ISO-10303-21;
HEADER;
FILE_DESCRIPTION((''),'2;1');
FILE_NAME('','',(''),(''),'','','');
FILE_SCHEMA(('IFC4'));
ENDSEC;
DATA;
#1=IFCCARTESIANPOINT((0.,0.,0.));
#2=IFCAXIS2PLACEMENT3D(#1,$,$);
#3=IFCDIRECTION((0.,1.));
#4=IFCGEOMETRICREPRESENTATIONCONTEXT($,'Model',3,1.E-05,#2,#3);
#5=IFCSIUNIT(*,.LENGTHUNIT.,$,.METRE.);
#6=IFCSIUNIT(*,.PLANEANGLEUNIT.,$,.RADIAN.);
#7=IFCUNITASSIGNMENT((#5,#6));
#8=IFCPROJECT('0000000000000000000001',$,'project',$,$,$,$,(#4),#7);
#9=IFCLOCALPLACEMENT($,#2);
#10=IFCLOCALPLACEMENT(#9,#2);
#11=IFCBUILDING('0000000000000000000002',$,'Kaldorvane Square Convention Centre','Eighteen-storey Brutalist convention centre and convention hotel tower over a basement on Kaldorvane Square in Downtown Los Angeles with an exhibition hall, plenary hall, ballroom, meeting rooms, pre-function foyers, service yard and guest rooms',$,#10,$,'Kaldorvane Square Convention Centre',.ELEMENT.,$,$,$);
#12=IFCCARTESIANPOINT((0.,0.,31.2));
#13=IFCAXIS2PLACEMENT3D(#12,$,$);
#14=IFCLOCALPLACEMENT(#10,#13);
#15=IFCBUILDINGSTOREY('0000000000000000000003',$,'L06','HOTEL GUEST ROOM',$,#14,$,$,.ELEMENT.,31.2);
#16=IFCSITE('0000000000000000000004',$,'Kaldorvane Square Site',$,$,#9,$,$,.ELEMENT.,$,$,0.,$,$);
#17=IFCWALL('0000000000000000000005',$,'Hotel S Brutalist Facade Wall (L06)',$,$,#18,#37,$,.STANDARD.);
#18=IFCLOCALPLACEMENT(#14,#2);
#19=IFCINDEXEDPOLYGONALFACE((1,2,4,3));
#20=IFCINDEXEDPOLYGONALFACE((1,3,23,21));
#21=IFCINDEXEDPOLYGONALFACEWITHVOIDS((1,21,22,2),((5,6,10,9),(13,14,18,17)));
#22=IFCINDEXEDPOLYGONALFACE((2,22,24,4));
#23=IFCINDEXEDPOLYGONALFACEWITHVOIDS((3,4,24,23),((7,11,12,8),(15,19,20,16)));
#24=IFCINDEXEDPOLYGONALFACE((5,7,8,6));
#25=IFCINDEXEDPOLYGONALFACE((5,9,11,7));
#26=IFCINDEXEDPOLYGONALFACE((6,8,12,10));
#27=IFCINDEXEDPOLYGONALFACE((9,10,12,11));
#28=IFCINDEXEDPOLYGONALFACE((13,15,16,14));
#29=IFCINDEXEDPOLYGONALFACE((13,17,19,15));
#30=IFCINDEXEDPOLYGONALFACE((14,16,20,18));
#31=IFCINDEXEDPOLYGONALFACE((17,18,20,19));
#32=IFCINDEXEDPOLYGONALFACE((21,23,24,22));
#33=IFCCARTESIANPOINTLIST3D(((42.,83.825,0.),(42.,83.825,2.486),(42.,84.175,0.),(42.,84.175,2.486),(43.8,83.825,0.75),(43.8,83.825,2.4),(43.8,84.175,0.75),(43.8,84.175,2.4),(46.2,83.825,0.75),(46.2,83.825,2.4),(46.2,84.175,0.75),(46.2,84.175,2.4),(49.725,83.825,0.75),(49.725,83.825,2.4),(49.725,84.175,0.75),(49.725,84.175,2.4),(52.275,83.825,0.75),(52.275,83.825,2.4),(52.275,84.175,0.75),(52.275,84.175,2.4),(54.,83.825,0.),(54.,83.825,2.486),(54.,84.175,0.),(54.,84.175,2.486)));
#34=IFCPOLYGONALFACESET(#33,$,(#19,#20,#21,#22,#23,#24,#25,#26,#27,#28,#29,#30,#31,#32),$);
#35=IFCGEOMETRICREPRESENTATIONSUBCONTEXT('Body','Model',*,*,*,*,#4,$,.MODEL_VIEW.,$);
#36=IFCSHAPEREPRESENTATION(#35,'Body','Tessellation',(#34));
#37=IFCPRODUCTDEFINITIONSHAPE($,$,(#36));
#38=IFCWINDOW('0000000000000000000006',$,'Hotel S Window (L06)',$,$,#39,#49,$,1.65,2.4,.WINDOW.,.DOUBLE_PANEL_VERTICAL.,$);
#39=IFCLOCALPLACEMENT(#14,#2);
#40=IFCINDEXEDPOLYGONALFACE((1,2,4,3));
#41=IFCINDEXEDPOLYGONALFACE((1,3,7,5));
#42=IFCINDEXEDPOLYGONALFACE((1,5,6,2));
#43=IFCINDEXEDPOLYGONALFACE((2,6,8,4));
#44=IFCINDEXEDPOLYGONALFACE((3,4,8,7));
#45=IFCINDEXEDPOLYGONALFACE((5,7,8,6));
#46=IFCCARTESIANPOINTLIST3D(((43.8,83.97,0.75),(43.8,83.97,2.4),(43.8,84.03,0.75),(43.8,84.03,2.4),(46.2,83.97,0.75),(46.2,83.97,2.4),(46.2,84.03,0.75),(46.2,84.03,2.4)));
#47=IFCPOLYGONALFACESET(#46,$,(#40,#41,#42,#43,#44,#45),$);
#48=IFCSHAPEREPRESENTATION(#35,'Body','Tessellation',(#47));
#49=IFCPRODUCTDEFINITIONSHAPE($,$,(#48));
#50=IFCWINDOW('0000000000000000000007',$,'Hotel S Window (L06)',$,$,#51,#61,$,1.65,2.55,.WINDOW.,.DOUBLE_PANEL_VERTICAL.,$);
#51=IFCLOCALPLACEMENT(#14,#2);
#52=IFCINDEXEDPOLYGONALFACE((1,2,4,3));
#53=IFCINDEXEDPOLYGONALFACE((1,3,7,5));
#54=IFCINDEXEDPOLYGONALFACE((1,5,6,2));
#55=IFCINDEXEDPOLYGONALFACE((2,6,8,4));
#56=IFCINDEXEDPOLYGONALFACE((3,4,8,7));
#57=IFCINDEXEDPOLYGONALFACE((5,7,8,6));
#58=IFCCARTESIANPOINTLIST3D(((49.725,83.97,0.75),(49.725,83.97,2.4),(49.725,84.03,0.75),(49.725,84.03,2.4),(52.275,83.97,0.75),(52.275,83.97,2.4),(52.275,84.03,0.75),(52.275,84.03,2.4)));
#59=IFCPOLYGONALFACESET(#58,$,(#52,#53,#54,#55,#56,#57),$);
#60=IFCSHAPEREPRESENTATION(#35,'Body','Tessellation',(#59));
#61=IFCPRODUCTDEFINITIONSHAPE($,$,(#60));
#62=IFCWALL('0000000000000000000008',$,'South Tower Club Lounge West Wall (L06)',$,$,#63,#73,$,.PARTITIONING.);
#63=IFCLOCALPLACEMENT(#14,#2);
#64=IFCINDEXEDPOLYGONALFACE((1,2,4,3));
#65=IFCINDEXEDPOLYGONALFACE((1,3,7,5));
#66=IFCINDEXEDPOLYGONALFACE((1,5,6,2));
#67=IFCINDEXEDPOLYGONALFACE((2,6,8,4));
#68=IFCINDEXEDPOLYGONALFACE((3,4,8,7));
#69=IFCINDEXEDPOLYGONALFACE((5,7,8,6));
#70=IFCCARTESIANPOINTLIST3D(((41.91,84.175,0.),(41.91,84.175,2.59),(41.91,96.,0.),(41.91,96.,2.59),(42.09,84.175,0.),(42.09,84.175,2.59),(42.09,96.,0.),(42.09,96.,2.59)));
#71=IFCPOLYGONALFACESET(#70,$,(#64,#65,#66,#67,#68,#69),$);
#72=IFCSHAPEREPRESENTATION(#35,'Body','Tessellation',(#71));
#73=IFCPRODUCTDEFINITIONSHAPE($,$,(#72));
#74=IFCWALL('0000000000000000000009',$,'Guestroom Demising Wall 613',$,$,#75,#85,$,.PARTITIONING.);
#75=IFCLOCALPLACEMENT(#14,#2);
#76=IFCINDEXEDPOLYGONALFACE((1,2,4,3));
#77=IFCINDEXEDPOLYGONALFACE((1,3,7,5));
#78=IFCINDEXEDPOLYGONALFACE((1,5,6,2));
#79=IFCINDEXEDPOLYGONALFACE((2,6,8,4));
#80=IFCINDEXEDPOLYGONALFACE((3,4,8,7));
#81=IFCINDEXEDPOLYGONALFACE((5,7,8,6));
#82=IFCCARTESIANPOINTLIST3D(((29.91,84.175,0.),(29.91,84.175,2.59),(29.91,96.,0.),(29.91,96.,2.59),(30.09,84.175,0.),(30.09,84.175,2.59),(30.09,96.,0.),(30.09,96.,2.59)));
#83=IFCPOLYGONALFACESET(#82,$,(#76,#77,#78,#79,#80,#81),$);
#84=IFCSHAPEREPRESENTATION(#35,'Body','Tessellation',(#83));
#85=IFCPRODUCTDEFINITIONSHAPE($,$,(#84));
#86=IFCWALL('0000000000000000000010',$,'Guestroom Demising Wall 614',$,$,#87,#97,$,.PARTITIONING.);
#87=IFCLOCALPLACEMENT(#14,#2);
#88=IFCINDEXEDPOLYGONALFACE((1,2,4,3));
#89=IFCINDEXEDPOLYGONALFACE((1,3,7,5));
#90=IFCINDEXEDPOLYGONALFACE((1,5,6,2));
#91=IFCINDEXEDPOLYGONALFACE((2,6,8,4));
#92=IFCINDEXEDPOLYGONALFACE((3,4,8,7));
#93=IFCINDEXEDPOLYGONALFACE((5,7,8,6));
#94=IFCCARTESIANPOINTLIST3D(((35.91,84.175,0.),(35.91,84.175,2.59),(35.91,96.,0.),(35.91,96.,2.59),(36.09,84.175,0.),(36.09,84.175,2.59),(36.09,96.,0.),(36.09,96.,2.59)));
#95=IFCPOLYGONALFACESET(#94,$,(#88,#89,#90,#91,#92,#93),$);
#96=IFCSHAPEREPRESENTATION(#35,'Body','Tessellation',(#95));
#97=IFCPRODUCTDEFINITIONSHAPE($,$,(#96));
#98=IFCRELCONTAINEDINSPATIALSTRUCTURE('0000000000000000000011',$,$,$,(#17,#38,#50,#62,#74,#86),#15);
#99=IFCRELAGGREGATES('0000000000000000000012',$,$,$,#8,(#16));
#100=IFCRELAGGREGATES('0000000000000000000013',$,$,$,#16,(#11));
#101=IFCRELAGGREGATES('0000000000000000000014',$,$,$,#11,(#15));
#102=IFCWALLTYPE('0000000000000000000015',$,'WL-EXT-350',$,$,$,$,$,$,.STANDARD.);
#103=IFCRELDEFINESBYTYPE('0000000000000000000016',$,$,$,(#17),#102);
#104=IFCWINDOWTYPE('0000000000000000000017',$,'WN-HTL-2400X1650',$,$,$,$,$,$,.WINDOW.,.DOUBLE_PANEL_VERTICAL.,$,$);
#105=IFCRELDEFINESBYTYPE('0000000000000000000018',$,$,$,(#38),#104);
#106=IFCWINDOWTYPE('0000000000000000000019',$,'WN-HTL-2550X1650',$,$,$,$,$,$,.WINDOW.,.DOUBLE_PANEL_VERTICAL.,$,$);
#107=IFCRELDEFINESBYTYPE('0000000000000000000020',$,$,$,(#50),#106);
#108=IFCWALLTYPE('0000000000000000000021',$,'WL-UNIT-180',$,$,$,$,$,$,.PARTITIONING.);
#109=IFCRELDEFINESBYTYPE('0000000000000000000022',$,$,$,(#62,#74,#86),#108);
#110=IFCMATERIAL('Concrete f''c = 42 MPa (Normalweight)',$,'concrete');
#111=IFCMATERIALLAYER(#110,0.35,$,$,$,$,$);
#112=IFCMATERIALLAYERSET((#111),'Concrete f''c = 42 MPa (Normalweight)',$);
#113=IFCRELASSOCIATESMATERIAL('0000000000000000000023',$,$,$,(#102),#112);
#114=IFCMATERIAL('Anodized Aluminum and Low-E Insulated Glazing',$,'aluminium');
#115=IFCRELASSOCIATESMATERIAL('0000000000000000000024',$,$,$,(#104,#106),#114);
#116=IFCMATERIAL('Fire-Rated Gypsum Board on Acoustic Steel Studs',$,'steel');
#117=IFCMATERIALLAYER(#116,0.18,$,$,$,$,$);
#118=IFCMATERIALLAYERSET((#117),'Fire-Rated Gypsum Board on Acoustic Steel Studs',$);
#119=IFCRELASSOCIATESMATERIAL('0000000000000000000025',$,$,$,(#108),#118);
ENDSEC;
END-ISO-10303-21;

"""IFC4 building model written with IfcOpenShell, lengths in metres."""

from ifc_helpers import new_model, si_unit, direction, frame, frame_2d, origin, place, context, subcontext, project, spatial, rectangle, extrude, material, layer, layer_set, type_object, element, fill, save


model = new_model("IFC4")

# Units and contexts
model_context = context("Model", 3, precision=1e-05, world=origin(), true_north=direction((0.0, 1.0)))
body_context = subcontext(model_context, "Body", "Model", "MODEL_VIEW")
ifc_project = project(units=[si_unit("LENGTHUNIT", "METRE"), si_unit("PLANEANGLEUNIT", "RADIAN")], contexts=[model_context])

# Site, building, storey
site_placement = place(None, origin())
site = spatial("IfcSite", under=ifc_project, at=site_placement, Name="Kaldorvane Square Site", CompositionType="ELEMENT", RefElevation=0.0)
building_placement = place(site_placement, origin())
building = spatial("IfcBuilding", under=site, at=building_placement, Name="Kaldorvane Square Convention Centre", Description="Eighteen-storey Brutalist convention centre and convention hotel tower over a basement on Kaldorvane Square in Downtown Los Angeles with an exhibition hall, plenary hall, ballroom, meeting rooms, pre-function foyers, service yard and guest rooms", LongName="Kaldorvane Square Convention Centre", CompositionType="ELEMENT")
storey_placement = place(building_placement, frame((0.0, 0.0, 31.2)))
storey = spatial("IfcBuildingStorey", under=building, at=storey_placement, Name="L06", Description="HOTEL GUEST ROOM", CompositionType="ELEMENT", Elevation=31.2)

# Shared definitions
ifc_material_1 = material(Name="Concrete f'c = 42 MPa (Normalweight)", Category="concrete")

# Shared definitions
ifc_material_2 = material(Name="Anodized Aluminum and Low-E Insulated Glazing", Category="aluminium")

# Shared definitions
ifc_material_3 = material(Name="Fire-Rated Gypsum Board on Acoustic Steel Studs", Category="steel")

# Wall, openings, windows
ifc_layer_1 = layer(ifc_material_1, 0.35)
ifc_layer_set_1 = layer_set([ifc_layer_1], Name="Concrete f'c = 42 MPa (Normalweight)")
wall_type_1 = type_object("IfcWallType", Name="WL-EXT-350", PredefinedType="STANDARD", material=ifc_layer_set_1)
wall_1_placement = place(storey_placement, frame((42.0, 84.0, 0.0), z_axis=(0.0, 0.0, 1.0), x_axis=(1.0, 0.0, 0.0)))
wall_1 = element("IfcWall", 1, at=wall_1_placement, inside=storey, type_object=wall_type_1, Name="Hotel S Brutalist Facade Wall (L06)", PredefinedType="STANDARD", context=body_context, shape_type="SweptSolid", body=[
    extrude(rectangle(XDim=12.0, YDim=0.35, at=frame_2d((6.0, 0.0))), origin(), (0.0, 0.0, 1.0), 2.486),
])
opening_1_placement = place(wall_1_placement, frame((1.8, 0.0, 0.75)))
opening_1 = element("IfcOpeningElement", 2, at=opening_1_placement, cuts=wall_1, PredefinedType="OPENING", context=body_context, shape_type="SweptSolid", body=[
    extrude(rectangle(XDim=2.4, YDim=1.65, at=frame_2d((1.2, 0.825))), frame((0.0, 0.19, 0.0), z_axis=(0.0, -1.0, 0.0), x_axis=(1.0, 0.0, 0.0)), (0.0, 0.0, 1.0), 0.38),
])
opening_2_placement = place(wall_1_placement, frame((7.725, 0.0, 0.75)))
opening_2 = element("IfcOpeningElement", 3, at=opening_2_placement, cuts=wall_1, PredefinedType="OPENING", context=body_context, shape_type="SweptSolid", body=[
    extrude(rectangle(XDim=2.55, YDim=1.65, at=frame_2d((1.275, 0.825))), frame((0.0, 0.19, 0.0), z_axis=(0.0, -1.0, 0.0), x_axis=(1.0, 0.0, 0.0)), (0.0, 0.0, 1.0), 0.38),
])
window_type_1 = type_object("IfcWindowType", Name="WN-HTL-2400X1650", PartitioningType="DOUBLE_PANEL_VERTICAL", PredefinedType="WINDOW", material=ifc_material_2)
window_1_placement = place(opening_1_placement, origin())
window_1 = element("IfcWindow", 4, at=window_1_placement, inside=storey, type_object=window_type_1, Name="Hotel S Window (L06)", OverallHeight=1.65, OverallWidth=2.4, PartitioningType="DOUBLE_PANEL_VERTICAL", PredefinedType="WINDOW", context=body_context, shape_type="SweptSolid", body=[
    extrude(rectangle(XDim=2.4, YDim=1.65, at=frame_2d((1.2, 0.825))), frame((0.0, 0.03, 0.0), z_axis=(0.0, -1.0, 0.0), x_axis=(1.0, 0.0, 0.0)), (0.0, 0.0, 1.0), 0.06),
])
fill(opening_1, window_1)
window_type_2 = type_object("IfcWindowType", Name="WN-HTL-2550X1650", PartitioningType="DOUBLE_PANEL_VERTICAL", PredefinedType="WINDOW", material=ifc_material_2)
window_2_placement = place(opening_2_placement, origin())
window_2 = element("IfcWindow", 5, at=window_2_placement, inside=storey, type_object=window_type_2, Name="Hotel S Window (L06)", OverallHeight=1.65, OverallWidth=2.55, PartitioningType="DOUBLE_PANEL_VERTICAL", PredefinedType="WINDOW", context=body_context, shape_type="SweptSolid", body=[
    extrude(rectangle(XDim=2.55, YDim=1.65, at=frame_2d((1.275, 0.825))), frame((0.0, 0.03, 0.0), z_axis=(0.0, -1.0, 0.0), x_axis=(1.0, 0.0, 0.0)), (0.0, 0.0, 1.0), 0.06),
])
fill(opening_2, window_2)

# Walls
ifc_layer_2 = layer(ifc_material_3, 0.18)
ifc_layer_set_2 = layer_set([ifc_layer_2], Name="Fire-Rated Gypsum Board on Acoustic Steel Studs")
wall_type_2 = type_object("IfcWallType", Name="WL-UNIT-180", PredefinedType="PARTITIONING", material=ifc_layer_set_2)
for number, where, z_axis, x_axis, name in (
    (6, (42.0, 84.175, 0.0), (0.0, 0.0, 1.0), (0.0, 1.0, 0.0), "South Tower Club Lounge West Wall (L06)"),
    (7, (30.0, 84.175, 0.0), (0.0, 0.0, 1.0), (0.0, 1.0, 0.0), "Guestroom Demising Wall 613"),
    (8, (36.0, 84.175, 0.0), (0.0, 0.0, 1.0), (0.0, 1.0, 0.0), "Guestroom Demising Wall 614"),
):
    element("IfcWall", number, at=place(storey_placement, frame(where, z_axis=z_axis, x_axis=x_axis)), inside=storey, type_object=wall_type_2, Name=name, PredefinedType="PARTITIONING", context=body_context, shape_type="SweptSolid", body=[
        extrude(rectangle(XDim=11.825, YDim=0.18, at=frame_2d((5.9125, 0.0))), origin(), (0.0, 0.0, 1.0), 2.59),
    ])

save(model, "model.ifc")
